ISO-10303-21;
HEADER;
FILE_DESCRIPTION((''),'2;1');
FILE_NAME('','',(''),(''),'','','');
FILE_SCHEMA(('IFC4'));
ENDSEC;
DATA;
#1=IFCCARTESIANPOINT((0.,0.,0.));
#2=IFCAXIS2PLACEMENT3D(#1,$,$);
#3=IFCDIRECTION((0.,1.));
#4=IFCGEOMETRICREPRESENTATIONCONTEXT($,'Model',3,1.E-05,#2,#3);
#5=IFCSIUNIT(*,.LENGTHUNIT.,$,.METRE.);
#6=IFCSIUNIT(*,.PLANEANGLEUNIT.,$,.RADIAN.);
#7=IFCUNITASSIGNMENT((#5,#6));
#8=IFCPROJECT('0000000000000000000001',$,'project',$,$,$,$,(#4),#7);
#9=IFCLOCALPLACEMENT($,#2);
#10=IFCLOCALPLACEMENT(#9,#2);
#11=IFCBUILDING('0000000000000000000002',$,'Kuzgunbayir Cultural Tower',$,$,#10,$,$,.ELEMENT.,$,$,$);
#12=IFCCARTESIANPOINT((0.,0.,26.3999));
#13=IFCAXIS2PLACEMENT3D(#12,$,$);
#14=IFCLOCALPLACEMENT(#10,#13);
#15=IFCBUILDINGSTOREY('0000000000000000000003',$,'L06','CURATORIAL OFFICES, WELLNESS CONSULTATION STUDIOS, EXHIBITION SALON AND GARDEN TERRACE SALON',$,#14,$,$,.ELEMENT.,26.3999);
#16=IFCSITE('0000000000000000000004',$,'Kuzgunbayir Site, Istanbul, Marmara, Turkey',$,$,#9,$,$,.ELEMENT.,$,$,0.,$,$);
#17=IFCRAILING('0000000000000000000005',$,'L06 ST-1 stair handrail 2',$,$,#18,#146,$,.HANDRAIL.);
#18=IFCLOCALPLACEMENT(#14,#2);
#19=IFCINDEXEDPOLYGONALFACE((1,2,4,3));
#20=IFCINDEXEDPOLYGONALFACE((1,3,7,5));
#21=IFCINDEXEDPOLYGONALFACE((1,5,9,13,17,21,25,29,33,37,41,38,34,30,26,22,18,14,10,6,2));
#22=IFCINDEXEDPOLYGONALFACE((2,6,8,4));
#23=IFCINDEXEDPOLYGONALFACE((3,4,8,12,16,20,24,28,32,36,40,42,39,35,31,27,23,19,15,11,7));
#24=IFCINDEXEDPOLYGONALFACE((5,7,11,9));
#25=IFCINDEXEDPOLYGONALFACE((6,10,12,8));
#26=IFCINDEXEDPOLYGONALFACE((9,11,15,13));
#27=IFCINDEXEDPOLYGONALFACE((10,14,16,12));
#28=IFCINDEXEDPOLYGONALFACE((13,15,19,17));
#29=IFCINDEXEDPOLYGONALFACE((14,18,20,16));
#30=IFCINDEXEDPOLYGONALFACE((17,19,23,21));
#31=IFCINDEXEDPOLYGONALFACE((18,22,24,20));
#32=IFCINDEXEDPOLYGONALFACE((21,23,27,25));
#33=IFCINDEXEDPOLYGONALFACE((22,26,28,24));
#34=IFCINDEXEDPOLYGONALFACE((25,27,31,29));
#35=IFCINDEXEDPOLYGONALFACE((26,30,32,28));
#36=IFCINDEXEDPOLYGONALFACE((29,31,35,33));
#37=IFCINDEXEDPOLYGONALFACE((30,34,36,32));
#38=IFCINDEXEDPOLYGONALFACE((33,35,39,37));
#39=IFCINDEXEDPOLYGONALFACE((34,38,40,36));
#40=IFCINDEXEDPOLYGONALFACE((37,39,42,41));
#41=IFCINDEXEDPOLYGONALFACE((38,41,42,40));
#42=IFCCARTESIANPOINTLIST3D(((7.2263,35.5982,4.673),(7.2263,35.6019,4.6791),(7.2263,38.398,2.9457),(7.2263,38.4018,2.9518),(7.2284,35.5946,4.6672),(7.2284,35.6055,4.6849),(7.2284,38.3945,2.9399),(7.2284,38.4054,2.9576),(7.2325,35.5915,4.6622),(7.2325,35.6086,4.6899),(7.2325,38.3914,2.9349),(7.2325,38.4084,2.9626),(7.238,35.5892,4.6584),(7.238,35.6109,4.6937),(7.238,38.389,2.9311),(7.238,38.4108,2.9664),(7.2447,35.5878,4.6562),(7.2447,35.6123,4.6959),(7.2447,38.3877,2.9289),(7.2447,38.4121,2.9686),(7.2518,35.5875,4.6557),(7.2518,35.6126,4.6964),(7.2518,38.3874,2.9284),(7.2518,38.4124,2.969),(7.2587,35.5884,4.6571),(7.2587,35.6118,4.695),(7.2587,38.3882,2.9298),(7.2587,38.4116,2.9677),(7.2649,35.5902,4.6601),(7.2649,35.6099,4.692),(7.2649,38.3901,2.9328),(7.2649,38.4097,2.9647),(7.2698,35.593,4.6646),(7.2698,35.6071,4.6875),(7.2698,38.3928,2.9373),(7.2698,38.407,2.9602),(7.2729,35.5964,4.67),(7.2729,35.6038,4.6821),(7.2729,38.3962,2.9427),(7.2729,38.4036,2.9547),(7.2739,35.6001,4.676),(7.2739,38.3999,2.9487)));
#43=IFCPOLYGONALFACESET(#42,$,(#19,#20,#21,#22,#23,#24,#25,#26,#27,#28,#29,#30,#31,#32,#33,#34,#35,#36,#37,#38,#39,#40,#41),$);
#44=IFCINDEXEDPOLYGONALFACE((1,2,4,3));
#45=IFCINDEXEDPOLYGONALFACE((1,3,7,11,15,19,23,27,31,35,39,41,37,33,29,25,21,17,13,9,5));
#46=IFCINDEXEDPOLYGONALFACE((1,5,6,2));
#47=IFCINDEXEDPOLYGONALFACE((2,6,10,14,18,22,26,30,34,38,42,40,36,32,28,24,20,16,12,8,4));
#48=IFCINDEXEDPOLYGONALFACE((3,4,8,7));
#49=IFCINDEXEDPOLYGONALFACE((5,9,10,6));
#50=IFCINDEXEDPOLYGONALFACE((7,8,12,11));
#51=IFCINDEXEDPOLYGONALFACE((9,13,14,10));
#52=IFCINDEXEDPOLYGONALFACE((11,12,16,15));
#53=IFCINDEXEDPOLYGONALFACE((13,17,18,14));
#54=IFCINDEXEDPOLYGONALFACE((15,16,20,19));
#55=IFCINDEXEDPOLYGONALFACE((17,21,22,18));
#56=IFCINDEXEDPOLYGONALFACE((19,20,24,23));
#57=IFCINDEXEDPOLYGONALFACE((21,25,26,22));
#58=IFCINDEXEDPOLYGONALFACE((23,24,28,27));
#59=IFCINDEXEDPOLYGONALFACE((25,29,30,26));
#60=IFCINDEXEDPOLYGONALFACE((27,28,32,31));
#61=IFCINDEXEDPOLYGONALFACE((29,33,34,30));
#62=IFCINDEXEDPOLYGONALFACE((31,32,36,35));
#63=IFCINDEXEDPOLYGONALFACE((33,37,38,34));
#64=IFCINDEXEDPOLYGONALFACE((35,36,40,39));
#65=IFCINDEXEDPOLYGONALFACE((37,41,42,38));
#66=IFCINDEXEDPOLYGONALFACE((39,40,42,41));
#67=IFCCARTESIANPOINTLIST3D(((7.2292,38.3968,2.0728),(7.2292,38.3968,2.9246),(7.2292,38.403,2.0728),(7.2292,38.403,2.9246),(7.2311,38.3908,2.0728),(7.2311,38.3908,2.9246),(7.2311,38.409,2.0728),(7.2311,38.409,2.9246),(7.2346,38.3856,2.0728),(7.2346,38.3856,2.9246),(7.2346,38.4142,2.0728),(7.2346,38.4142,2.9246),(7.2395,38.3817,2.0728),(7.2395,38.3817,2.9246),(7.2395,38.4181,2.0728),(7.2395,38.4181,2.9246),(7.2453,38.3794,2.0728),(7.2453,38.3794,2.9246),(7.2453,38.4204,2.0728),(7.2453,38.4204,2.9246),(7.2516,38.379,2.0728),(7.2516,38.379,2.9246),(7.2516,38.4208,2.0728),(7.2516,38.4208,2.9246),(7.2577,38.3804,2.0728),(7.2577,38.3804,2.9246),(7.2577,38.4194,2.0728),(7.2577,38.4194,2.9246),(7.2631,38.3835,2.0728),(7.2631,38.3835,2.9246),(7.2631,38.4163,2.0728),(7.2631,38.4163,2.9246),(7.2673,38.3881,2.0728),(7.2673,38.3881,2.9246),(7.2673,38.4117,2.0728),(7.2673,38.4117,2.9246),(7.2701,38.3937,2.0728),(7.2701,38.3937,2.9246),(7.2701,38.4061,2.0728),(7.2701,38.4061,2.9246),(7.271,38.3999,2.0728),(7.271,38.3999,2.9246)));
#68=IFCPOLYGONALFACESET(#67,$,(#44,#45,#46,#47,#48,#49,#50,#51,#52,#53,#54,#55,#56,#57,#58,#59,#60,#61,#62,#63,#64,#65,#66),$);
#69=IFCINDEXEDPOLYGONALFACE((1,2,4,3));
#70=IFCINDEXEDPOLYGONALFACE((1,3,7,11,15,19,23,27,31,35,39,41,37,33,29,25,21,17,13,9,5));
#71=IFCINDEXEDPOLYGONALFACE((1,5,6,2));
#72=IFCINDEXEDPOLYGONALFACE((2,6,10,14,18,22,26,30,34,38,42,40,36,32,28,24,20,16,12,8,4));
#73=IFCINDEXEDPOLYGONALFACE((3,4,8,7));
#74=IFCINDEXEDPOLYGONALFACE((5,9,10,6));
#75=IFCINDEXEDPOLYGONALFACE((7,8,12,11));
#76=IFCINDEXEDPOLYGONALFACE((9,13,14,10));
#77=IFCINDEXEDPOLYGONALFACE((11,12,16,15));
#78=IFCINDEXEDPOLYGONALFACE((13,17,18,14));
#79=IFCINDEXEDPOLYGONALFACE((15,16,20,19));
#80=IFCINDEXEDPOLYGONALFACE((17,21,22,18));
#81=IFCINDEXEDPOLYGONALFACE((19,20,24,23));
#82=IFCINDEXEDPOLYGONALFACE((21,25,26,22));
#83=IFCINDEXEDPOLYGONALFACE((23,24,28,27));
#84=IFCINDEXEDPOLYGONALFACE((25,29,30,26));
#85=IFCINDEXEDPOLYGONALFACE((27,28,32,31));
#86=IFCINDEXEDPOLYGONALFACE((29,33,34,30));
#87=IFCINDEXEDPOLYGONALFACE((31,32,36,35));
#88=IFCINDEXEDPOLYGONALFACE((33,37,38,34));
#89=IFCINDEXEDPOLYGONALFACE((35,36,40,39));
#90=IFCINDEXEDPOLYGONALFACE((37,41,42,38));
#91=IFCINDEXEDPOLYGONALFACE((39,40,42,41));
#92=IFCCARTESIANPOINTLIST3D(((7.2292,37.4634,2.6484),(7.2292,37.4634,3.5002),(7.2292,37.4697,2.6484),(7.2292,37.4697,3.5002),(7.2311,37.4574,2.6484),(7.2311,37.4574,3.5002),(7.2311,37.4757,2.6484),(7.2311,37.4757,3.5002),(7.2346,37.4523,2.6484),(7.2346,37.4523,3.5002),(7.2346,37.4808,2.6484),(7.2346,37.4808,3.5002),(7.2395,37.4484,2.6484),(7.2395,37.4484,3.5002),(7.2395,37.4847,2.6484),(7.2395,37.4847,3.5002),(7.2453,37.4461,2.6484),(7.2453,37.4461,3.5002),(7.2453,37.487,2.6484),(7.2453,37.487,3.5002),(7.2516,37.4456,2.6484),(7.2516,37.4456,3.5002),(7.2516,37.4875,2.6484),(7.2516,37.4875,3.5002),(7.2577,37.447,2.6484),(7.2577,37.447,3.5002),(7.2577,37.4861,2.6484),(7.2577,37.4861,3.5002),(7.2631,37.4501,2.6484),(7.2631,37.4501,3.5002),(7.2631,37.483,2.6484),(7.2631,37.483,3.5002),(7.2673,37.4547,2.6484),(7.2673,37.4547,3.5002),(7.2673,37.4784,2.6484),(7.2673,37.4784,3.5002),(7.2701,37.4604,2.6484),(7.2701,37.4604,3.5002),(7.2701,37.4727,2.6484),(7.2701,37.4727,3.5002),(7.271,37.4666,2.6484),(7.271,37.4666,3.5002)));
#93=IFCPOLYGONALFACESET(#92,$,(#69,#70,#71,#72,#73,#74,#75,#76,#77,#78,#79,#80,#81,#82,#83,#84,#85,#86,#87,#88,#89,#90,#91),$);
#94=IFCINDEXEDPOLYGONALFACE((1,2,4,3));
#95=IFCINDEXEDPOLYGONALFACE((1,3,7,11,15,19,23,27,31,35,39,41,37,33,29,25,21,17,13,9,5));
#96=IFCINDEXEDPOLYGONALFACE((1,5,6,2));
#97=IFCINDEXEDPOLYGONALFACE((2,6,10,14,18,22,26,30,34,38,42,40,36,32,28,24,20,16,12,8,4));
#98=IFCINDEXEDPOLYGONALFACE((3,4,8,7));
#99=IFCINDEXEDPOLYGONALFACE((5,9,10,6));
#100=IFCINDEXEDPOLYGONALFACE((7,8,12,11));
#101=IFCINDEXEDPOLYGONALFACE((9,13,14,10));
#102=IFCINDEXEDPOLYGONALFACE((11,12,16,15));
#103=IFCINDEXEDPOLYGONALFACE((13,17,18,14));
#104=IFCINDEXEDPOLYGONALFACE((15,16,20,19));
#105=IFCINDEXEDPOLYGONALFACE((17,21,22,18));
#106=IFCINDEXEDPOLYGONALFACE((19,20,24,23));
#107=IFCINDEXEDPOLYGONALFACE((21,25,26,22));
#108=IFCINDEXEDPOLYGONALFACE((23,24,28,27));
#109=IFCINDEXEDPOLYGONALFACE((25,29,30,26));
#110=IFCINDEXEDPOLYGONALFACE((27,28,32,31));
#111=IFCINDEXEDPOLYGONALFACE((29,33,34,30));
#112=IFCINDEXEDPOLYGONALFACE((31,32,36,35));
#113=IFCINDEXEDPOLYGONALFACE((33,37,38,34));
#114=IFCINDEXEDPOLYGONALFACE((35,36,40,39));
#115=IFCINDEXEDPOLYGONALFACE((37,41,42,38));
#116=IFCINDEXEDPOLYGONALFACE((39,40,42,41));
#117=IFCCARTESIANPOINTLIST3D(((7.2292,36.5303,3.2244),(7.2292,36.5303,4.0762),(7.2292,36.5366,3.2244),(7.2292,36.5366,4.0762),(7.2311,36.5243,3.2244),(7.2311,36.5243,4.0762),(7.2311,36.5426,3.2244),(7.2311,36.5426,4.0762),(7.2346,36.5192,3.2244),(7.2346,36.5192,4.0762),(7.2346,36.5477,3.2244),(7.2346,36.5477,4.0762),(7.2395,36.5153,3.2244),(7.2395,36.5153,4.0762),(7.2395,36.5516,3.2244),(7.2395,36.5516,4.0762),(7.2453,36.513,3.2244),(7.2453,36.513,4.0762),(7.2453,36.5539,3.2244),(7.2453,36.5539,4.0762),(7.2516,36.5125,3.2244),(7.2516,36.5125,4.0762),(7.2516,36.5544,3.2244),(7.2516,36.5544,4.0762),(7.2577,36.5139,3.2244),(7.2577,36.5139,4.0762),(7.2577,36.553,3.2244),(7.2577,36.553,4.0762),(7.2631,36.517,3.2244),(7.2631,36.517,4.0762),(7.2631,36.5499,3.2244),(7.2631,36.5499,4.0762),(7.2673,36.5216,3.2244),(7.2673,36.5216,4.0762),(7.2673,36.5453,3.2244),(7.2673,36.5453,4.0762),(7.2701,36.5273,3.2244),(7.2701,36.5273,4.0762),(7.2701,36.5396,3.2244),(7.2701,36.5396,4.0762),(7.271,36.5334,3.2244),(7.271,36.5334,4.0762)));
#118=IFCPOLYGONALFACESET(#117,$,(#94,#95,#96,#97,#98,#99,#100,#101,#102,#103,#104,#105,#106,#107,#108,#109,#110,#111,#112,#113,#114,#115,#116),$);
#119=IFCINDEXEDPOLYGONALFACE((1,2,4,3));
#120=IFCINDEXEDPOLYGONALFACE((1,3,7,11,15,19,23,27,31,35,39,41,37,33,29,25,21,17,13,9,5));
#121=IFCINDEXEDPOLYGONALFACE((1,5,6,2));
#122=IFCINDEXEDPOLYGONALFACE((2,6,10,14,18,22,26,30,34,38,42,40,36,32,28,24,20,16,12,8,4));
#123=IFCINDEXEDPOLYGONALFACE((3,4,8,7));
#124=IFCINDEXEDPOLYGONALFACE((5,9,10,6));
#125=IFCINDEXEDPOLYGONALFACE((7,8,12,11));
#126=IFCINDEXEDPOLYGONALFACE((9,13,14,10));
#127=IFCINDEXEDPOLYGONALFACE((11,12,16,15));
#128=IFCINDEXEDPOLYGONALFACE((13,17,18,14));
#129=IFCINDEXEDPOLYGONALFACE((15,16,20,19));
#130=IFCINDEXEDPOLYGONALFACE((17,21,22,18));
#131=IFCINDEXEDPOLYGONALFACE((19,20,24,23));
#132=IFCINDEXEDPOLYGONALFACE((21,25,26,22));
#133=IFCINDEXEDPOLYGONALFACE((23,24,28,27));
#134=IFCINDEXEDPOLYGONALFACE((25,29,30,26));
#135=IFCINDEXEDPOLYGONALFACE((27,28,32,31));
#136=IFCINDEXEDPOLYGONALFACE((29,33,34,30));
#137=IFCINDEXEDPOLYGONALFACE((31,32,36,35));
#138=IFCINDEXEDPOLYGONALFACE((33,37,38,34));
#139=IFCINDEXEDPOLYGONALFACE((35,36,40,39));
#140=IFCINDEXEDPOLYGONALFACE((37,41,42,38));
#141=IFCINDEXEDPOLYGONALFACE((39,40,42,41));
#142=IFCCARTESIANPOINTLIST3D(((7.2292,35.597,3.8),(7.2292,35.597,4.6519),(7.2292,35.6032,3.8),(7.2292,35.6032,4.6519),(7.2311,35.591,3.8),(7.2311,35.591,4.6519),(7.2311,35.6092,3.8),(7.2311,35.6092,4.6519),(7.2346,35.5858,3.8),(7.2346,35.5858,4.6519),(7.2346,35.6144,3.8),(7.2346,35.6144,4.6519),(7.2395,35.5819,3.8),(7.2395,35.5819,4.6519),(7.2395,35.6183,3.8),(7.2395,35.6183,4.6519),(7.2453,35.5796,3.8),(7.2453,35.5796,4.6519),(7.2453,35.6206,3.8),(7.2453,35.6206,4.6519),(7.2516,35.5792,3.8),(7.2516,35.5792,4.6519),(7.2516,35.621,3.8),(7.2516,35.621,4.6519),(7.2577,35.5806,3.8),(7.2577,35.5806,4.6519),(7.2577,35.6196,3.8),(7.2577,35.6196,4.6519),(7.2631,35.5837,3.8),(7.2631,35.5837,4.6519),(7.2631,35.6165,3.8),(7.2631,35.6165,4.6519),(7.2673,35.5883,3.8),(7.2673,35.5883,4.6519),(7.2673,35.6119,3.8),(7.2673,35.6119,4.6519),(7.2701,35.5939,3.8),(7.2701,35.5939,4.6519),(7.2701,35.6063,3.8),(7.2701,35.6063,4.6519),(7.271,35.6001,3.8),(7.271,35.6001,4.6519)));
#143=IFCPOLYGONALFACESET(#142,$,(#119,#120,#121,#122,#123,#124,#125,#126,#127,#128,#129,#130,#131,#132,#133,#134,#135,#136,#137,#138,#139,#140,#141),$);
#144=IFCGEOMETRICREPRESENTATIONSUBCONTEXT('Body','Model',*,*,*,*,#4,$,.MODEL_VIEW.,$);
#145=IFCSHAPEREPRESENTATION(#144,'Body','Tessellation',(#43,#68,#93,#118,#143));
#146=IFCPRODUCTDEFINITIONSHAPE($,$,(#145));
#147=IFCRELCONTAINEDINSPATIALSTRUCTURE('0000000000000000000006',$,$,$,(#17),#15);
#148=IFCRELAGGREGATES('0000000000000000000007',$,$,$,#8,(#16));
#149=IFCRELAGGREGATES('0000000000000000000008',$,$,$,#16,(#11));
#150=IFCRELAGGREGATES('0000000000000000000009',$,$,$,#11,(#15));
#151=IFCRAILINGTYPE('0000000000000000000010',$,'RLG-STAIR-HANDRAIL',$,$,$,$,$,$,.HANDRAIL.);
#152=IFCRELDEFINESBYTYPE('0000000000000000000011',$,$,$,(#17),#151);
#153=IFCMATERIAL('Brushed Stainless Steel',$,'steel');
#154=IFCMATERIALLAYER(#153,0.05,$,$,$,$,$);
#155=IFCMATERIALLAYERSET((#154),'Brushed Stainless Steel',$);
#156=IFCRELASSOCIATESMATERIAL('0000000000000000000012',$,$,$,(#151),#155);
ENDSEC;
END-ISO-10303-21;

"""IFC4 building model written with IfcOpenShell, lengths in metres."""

from ifc_helpers import new_model, si_unit, direction, frame, origin, origin_2d, place, context, subcontext, project, spatial, circle, extrude, material, layer, layer_set, type_object, element, save


model = new_model("IFC4")

# Units and contexts
model_context = context("Model", 3, precision=1e-05, world=origin(), true_north=direction((0.0, 1.0)))
body_context = subcontext(model_context, "Body", "Model", "MODEL_VIEW")
ifc_project = project(units=[si_unit("LENGTHUNIT", "METRE"), si_unit("PLANEANGLEUNIT", "RADIAN")], contexts=[model_context])

# Site, building, storey
site_placement = place(None, origin())
site = spatial("IfcSite", under=ifc_project, at=site_placement, Name="Kuzgunbayir Site, Istanbul, Marmara, Turkey", CompositionType="ELEMENT", RefElevation=0.0)
building_placement = place(site_placement, origin())
building = spatial("IfcBuilding", under=site, at=building_placement, Name="Kuzgunbayir Cultural Tower", CompositionType="ELEMENT")
storey_placement = place(building_placement, frame((0.0, 0.0, 26.3999)))
storey = spatial("IfcBuildingStorey", under=building, at=storey_placement, Name="L06", Description="CURATORIAL OFFICES, WELLNESS CONSULTATION STUDIOS, EXHIBITION SALON AND GARDEN TERRACE SALON", CompositionType="ELEMENT", Elevation=26.3999)

# Shared definitions
ifc_material_1 = material(Name="Brushed Stainless Steel", Category="steel")

# Railing
ifc_layer_1 = layer(ifc_material_1, 0.05)
ifc_layer_set_1 = layer_set([ifc_layer_1], Name="Brushed Stainless Steel")
railing_type_1 = type_object("IfcRailingType", Name="RLG-STAIR-HANDRAIL", PredefinedType="HANDRAIL", material=ifc_layer_set_1)
railing_1_placement = place(storey_placement, frame((7.25, 38.3999, 2.0728)))
element("IfcRailing", 1, at=railing_1_placement, inside=storey, type_object=railing_type_1, Name="L06 ST-1 stair handrail 2", PredefinedType="HANDRAIL", context=body_context, shape_type="SweptSolid", body=[
    extrude(circle(Radius=0.0239, at=origin_2d()), frame((0.0, 0.0, 0.876), z_axis=(0.0, -0.851069, 0.525054), x_axis=(1.0, 0.0, 0.0)), (0.0, 0.0, 1.0), 3.2898),
    extrude(circle(Radius=0.021, at=origin_2d()), origin(), (0.0, 0.0, 1.0), 0.8518),
    extrude(circle(Radius=0.021, at=origin_2d()), frame((0.0, -0.9333, 0.5757)), (0.0, 0.0, 1.0), 0.8518),
    extrude(circle(Radius=0.021, at=origin_2d()), frame((0.0, -1.8665, 1.1516)), (0.0, 0.0, 1.0), 0.8518),
    extrude(circle(Radius=0.021, at=origin_2d()), frame((0.0, -2.7998, 1.7273)), (0.0, 0.0, 1.0), 0.8518),
])

save(model, "model.ifc")
